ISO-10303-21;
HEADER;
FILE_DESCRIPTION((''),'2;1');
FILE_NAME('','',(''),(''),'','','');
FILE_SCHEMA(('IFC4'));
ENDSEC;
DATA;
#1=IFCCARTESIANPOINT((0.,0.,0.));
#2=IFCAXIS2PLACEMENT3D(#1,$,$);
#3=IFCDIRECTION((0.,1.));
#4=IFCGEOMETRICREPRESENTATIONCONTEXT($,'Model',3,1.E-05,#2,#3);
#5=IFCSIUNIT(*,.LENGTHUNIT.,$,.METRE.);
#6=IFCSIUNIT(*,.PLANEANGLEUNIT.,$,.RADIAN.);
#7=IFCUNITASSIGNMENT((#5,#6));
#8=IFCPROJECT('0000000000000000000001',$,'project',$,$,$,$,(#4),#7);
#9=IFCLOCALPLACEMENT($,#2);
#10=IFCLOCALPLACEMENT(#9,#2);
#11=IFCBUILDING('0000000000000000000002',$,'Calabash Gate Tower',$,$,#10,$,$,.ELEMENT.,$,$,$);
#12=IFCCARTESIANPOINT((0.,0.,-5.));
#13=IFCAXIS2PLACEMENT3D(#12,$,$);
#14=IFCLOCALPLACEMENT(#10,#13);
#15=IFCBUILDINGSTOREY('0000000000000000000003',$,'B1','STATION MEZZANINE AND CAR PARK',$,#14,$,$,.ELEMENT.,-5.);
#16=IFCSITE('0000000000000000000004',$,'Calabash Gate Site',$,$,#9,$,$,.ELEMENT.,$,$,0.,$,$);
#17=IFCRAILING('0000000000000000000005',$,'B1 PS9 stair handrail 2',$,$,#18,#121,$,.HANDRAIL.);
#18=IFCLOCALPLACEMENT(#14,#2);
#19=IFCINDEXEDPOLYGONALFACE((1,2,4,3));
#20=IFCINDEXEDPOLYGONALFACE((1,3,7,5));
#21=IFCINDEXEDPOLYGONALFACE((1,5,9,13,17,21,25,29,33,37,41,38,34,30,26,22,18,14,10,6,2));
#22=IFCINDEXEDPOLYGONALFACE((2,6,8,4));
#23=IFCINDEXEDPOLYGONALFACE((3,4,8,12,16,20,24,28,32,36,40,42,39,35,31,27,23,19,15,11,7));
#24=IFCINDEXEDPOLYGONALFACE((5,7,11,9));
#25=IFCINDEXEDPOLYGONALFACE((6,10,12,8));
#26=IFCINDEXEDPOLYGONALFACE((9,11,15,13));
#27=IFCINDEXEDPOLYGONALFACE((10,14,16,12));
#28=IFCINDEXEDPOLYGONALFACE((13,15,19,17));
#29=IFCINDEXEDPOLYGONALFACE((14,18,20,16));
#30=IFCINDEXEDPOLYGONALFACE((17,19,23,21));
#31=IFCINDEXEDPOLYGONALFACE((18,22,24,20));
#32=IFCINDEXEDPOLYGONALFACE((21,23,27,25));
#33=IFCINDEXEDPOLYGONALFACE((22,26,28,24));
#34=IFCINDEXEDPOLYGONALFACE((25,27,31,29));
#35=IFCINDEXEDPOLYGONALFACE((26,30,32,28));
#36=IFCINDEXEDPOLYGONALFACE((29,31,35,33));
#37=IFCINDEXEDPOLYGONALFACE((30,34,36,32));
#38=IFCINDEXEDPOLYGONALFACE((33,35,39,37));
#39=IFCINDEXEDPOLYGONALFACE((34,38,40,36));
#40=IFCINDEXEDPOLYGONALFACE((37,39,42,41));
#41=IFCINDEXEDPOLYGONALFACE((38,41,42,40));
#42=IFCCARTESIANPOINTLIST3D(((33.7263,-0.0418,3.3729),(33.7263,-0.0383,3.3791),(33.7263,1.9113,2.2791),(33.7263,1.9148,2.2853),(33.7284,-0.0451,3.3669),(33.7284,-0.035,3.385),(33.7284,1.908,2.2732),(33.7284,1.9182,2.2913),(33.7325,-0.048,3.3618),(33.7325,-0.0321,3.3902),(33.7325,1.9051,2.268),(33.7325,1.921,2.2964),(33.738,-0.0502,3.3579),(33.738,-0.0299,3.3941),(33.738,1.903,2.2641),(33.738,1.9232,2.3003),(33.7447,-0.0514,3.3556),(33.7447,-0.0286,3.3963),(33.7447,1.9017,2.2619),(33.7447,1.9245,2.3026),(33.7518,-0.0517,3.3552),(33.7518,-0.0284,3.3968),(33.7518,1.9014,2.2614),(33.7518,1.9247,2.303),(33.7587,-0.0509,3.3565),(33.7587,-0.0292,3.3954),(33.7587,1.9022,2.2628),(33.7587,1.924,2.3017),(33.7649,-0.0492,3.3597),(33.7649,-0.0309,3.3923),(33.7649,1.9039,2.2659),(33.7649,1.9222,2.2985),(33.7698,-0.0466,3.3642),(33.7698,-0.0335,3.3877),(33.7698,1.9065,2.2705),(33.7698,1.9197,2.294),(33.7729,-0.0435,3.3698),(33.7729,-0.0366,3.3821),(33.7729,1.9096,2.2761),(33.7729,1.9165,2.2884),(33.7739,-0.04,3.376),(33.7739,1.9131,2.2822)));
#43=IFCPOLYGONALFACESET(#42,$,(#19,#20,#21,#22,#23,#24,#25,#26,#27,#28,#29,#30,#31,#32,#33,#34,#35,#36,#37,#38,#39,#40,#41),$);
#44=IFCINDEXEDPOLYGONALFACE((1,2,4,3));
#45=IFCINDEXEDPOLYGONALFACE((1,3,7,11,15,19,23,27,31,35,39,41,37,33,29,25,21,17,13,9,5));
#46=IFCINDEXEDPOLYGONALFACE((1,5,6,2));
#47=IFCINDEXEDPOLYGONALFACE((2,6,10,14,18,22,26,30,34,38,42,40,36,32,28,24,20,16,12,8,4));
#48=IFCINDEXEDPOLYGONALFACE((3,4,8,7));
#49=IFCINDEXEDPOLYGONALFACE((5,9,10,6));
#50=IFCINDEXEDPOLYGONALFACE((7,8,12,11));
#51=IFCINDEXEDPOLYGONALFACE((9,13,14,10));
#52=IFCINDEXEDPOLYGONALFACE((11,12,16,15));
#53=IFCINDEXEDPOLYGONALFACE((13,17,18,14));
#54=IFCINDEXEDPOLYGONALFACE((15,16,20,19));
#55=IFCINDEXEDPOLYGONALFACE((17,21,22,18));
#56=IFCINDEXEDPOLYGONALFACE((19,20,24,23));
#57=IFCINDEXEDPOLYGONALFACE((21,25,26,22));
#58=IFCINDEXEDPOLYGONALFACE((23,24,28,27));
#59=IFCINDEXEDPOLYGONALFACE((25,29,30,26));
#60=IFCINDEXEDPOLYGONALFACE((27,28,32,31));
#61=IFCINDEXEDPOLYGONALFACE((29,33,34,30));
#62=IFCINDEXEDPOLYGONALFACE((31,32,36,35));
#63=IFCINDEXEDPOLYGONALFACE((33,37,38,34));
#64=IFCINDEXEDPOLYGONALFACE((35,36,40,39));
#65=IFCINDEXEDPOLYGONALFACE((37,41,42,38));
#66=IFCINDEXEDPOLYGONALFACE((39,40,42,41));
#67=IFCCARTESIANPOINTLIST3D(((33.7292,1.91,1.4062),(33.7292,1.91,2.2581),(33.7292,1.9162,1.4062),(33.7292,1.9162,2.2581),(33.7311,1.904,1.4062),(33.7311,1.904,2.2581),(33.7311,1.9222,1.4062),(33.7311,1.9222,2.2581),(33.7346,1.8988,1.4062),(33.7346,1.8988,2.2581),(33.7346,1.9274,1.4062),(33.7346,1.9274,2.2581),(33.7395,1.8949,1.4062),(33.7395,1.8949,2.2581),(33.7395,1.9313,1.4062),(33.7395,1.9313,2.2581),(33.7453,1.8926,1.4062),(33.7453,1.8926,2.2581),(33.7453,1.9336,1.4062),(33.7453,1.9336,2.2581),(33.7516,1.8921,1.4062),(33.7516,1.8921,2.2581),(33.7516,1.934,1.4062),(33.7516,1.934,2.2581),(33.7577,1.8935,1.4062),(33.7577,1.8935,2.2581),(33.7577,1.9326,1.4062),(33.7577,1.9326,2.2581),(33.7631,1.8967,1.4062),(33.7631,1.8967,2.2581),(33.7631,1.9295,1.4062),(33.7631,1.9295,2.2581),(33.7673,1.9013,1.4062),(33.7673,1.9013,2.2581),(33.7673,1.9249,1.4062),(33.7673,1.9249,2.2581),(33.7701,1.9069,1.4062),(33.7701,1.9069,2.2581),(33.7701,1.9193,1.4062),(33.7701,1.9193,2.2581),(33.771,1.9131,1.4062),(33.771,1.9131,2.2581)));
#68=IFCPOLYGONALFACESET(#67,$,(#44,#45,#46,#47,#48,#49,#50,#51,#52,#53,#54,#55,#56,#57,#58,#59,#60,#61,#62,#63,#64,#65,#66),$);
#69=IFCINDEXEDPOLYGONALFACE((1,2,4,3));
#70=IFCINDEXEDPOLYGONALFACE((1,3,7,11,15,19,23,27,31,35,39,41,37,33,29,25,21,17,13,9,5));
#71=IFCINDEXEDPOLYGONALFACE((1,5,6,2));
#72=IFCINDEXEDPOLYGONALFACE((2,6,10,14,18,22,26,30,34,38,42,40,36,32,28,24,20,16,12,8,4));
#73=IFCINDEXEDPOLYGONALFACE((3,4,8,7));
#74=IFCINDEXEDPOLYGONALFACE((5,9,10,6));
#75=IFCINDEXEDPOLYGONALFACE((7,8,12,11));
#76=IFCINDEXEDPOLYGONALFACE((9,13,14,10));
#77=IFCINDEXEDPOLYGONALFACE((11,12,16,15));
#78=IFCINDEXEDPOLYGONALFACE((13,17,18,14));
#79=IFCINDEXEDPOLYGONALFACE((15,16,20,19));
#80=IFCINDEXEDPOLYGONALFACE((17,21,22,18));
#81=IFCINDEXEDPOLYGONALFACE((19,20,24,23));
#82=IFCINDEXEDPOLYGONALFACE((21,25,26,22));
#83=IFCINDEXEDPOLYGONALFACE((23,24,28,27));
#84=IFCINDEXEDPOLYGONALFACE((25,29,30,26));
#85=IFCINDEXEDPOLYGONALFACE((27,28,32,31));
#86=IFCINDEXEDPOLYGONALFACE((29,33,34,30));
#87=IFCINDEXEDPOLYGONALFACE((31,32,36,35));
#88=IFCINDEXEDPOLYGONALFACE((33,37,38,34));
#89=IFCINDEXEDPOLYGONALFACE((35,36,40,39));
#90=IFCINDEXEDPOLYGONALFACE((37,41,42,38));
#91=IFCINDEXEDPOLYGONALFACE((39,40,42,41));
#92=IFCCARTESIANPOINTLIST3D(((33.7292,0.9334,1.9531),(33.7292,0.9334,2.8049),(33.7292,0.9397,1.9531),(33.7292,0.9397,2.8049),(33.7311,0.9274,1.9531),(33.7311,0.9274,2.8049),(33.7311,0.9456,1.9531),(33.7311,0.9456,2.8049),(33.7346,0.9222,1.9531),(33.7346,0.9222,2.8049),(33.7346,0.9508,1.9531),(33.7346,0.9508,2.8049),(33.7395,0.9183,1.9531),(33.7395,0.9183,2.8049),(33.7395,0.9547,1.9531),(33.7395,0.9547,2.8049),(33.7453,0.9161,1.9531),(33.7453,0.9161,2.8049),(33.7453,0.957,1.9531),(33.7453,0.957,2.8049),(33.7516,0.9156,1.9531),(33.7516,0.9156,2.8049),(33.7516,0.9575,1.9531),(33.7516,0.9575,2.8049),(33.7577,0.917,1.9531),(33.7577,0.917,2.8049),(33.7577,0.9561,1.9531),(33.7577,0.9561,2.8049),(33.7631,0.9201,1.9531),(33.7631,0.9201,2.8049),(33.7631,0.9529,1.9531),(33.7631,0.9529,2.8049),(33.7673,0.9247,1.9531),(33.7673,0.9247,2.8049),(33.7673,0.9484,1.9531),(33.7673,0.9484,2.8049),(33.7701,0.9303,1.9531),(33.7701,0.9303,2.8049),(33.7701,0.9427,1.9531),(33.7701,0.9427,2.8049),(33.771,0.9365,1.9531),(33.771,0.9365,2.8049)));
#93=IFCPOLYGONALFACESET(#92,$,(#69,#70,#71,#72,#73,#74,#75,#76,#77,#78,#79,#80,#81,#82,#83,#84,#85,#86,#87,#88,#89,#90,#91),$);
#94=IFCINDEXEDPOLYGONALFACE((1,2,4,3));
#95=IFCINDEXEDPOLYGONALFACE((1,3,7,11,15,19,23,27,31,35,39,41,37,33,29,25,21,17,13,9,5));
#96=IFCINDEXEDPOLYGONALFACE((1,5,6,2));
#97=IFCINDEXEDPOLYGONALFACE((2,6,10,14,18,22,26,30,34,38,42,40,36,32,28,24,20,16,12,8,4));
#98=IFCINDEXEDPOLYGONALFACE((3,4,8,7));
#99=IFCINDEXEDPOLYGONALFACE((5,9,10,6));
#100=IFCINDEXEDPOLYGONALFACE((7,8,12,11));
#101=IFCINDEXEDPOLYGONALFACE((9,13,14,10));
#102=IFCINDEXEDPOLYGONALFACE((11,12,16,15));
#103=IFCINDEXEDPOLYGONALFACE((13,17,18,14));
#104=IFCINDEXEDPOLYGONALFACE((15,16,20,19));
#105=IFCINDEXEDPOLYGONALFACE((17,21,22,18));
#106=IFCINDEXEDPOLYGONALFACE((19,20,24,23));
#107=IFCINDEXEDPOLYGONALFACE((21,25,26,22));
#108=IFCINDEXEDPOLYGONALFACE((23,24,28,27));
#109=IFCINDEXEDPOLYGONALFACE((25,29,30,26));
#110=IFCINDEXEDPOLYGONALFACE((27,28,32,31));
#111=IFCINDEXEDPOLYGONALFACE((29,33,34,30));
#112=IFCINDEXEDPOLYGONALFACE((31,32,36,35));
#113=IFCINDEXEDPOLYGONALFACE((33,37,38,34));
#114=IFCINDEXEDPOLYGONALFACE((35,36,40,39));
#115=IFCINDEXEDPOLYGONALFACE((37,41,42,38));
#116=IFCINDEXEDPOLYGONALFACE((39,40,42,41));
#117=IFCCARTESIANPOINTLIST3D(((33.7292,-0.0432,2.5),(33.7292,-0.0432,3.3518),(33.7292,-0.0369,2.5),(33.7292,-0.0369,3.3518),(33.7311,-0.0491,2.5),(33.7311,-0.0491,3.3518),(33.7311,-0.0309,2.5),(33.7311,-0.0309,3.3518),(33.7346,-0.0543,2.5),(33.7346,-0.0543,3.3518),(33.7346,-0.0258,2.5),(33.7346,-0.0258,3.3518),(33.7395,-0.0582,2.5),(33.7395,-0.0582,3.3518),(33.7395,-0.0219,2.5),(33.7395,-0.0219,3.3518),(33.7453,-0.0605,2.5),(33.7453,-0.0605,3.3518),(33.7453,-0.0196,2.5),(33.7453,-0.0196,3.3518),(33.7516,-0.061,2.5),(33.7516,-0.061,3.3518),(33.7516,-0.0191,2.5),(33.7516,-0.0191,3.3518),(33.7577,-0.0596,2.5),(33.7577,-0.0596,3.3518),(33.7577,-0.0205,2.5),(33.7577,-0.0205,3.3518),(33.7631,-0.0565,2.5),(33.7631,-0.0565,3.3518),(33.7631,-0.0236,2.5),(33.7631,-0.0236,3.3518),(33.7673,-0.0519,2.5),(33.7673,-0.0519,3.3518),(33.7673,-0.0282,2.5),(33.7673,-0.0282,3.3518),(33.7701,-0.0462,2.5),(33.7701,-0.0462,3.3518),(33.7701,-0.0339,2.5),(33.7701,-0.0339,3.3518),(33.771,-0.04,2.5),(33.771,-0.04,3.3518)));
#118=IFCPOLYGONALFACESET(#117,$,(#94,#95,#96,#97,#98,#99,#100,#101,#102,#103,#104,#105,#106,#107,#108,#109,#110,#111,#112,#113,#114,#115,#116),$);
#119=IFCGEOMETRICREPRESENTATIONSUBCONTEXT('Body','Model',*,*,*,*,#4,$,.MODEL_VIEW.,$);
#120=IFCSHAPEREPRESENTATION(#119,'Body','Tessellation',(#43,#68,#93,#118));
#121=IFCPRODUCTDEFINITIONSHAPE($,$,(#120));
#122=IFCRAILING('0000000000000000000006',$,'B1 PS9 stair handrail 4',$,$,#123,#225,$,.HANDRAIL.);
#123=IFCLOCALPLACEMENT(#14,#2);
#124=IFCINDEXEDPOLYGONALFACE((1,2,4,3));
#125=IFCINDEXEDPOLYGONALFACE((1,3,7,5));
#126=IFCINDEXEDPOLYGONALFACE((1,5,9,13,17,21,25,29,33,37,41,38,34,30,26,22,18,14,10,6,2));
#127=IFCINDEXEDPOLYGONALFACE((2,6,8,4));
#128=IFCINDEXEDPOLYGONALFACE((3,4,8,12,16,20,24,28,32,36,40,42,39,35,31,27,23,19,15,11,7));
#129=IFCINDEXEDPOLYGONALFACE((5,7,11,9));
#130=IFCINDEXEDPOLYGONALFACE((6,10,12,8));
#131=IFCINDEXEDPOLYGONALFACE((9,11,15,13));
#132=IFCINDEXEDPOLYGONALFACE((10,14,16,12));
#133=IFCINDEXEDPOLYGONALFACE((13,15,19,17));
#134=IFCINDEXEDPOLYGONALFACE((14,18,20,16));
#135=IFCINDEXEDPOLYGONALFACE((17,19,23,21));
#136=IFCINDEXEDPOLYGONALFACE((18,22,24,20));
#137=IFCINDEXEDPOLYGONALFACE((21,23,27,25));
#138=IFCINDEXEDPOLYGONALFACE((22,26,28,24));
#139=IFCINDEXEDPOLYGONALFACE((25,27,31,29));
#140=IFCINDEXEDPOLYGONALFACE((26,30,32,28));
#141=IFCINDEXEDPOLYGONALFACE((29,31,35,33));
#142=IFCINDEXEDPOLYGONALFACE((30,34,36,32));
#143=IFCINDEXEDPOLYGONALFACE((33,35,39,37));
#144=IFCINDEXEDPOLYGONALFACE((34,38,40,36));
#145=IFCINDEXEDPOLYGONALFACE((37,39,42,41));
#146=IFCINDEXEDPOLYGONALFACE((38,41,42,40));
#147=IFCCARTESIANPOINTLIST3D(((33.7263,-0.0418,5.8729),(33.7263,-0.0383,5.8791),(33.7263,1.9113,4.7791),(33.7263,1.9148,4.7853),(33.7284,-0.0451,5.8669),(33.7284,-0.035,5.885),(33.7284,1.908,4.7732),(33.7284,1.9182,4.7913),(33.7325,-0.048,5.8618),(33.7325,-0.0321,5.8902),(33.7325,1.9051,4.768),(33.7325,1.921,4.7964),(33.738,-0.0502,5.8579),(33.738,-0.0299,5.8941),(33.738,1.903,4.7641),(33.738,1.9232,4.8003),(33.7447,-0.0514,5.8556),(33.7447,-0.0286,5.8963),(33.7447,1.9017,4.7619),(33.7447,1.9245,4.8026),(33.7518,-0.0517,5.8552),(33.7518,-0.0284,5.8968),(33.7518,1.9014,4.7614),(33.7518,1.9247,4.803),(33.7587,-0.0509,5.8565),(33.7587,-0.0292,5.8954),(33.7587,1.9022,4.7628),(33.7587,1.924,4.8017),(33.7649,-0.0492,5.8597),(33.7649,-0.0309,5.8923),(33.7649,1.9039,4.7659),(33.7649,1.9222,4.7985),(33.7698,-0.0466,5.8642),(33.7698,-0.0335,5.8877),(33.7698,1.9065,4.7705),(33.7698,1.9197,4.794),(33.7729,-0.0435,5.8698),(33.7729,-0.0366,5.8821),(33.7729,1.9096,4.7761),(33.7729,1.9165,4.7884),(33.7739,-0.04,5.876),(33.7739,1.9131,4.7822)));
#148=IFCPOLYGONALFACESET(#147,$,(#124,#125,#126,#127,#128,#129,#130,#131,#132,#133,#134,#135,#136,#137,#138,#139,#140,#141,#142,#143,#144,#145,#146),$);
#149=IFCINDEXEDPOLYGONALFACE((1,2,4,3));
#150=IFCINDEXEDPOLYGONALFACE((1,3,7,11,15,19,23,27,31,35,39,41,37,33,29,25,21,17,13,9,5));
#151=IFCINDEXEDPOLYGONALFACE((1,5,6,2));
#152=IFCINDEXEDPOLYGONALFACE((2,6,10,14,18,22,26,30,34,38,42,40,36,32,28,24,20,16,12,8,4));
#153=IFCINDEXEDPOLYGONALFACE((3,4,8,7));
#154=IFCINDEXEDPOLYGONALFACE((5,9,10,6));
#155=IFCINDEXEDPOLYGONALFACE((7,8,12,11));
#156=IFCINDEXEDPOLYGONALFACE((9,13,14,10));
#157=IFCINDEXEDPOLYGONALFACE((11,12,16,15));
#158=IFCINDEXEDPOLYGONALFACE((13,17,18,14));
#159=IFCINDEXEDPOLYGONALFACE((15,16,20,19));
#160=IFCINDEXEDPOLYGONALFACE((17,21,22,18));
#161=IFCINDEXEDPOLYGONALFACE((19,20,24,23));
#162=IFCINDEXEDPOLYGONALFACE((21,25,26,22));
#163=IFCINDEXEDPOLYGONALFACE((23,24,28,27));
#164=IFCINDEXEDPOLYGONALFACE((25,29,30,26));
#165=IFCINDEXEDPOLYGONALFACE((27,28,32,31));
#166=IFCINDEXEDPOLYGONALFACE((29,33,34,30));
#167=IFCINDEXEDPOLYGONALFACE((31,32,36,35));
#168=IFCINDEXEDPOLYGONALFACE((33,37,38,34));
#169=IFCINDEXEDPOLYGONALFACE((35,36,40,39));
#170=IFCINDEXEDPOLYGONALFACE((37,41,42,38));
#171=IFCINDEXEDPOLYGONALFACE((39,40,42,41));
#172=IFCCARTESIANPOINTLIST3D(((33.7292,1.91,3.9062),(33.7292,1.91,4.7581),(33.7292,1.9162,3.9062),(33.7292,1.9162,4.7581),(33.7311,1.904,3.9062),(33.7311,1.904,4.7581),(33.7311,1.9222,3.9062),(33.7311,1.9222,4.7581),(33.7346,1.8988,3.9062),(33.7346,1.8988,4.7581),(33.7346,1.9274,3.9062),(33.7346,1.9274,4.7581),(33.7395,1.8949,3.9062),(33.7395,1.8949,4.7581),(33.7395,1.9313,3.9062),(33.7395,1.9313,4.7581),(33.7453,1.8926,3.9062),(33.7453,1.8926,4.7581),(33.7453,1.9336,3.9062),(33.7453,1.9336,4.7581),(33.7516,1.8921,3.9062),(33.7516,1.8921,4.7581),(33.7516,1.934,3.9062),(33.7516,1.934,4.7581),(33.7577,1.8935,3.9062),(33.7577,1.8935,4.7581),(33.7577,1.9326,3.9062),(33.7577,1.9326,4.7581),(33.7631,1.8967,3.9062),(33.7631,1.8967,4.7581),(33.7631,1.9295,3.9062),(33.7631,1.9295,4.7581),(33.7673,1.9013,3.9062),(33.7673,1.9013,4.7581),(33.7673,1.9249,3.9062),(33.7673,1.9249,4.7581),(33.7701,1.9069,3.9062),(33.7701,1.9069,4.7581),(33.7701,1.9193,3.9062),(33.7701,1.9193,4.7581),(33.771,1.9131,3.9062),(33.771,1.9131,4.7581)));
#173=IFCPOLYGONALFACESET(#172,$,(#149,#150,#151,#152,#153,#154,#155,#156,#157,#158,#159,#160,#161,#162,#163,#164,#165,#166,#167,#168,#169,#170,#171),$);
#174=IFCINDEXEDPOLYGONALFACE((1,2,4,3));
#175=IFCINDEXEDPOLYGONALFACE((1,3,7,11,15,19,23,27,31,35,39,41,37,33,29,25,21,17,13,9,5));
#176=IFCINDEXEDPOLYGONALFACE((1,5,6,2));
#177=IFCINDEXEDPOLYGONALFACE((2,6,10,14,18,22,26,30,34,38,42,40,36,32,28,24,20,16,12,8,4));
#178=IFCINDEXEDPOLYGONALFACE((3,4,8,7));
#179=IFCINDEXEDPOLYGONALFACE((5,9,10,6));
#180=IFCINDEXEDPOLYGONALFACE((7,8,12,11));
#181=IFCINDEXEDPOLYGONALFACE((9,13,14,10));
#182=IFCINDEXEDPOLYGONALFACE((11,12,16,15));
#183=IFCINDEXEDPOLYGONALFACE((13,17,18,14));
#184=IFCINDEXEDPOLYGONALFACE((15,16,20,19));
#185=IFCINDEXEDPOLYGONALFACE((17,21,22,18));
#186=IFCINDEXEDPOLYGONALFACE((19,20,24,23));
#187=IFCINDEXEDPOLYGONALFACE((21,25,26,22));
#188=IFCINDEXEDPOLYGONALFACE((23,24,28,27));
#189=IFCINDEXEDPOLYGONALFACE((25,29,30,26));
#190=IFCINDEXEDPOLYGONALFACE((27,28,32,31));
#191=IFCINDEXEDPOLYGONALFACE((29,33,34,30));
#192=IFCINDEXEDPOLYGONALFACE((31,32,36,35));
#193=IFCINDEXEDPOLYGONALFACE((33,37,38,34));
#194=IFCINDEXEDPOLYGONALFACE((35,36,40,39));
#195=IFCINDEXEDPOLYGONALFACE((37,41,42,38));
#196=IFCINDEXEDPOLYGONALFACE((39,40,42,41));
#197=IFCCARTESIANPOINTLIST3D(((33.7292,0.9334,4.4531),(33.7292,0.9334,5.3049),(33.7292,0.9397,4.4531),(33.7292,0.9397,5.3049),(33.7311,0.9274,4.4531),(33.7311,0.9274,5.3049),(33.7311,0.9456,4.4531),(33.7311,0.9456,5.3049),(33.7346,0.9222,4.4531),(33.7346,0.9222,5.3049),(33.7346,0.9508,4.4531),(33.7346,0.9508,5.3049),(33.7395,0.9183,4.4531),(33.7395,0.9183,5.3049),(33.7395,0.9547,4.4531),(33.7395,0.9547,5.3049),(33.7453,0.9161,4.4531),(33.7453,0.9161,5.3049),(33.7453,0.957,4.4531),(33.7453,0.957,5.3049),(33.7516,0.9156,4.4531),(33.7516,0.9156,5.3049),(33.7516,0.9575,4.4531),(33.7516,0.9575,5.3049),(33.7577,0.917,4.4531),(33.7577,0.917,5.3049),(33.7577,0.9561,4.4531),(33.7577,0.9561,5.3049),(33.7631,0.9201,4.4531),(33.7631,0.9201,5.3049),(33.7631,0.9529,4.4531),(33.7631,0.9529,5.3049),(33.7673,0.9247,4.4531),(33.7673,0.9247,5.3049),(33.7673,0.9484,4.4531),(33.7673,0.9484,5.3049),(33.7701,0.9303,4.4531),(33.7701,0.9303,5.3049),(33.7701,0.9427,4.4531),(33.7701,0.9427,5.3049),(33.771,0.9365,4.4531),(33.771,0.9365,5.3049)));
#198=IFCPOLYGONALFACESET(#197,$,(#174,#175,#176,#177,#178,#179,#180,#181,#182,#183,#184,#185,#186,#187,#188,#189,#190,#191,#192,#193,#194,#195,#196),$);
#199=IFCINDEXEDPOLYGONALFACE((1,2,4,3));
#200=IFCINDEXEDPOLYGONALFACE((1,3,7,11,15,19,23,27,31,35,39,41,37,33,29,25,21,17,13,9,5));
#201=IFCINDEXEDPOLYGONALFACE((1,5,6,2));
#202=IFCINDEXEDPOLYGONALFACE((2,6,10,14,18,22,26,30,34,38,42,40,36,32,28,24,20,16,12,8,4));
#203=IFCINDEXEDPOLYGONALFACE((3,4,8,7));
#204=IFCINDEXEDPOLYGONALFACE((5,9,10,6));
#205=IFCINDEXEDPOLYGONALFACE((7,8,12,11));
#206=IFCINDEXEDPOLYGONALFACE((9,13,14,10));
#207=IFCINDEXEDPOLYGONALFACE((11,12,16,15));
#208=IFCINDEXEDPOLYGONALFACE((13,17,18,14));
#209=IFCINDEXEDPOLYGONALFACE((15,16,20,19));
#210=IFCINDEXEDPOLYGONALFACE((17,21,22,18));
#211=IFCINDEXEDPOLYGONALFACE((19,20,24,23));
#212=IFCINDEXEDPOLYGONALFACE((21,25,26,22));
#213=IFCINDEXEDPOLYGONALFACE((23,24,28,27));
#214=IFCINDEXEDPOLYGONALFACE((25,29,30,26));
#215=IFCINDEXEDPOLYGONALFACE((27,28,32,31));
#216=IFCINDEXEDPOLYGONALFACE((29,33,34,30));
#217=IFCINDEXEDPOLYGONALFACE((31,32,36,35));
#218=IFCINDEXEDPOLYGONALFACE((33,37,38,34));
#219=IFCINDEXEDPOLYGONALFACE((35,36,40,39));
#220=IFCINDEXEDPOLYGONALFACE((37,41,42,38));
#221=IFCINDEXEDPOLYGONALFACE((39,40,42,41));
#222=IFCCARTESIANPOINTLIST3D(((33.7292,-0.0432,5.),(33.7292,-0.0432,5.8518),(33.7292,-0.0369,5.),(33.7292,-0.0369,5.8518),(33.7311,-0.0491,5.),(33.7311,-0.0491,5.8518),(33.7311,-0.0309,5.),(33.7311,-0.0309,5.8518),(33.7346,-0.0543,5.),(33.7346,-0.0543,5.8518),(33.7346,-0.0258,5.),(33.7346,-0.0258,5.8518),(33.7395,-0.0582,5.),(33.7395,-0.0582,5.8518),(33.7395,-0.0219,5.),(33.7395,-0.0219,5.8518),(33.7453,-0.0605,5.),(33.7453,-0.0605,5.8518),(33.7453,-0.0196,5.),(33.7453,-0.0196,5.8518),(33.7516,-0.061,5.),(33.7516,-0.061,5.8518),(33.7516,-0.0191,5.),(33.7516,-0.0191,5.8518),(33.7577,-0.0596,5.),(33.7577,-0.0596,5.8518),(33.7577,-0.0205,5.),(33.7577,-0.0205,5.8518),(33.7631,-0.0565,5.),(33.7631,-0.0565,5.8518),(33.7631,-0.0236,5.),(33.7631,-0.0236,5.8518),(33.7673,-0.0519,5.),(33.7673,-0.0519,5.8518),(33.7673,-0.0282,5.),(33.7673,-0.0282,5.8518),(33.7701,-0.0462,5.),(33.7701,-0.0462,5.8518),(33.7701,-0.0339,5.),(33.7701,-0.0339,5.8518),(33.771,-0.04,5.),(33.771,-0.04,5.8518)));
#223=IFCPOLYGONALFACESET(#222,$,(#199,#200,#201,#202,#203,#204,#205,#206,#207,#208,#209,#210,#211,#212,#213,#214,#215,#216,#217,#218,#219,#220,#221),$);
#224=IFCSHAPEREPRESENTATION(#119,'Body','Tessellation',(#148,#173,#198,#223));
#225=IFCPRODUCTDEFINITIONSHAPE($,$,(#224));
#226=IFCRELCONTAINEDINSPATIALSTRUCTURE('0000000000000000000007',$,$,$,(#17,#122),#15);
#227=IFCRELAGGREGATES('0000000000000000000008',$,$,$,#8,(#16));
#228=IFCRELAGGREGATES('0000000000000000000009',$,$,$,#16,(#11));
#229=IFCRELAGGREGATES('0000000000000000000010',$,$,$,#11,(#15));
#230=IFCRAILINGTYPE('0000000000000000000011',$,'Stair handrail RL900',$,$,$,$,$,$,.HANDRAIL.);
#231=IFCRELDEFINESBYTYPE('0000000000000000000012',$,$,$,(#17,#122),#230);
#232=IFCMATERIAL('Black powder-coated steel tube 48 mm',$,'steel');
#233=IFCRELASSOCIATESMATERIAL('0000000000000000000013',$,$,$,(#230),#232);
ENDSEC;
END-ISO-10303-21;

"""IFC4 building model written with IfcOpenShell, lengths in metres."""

from ifc_helpers import new_model, si_unit, direction, frame, origin, origin_2d, place, context, subcontext, project, spatial, circle, extrude, material, type_object, element, save


model = new_model("IFC4")

# Units and contexts
model_context = context("Model", 3, precision=1e-05, world=origin(), true_north=direction((0.0, 1.0)))
body_context = subcontext(model_context, "Body", "Model", "MODEL_VIEW")
ifc_project = project(units=[si_unit("LENGTHUNIT", "METRE"), si_unit("PLANEANGLEUNIT", "RADIAN")], contexts=[model_context])

# Site, building, storey
site_placement = place(None, origin())
site = spatial("IfcSite", under=ifc_project, at=site_placement, Name="Calabash Gate Site", CompositionType="ELEMENT", RefElevation=0.0)
building_placement = place(site_placement, origin())
building = spatial("IfcBuilding", under=site, at=building_placement, Name="Calabash Gate Tower", CompositionType="ELEMENT")
storey_placement = place(building_placement, frame((0.0, 0.0, -5.0)))
storey = spatial("IfcBuildingStorey", under=building, at=storey_placement, Name="B1", Description="STATION MEZZANINE AND CAR PARK", CompositionType="ELEMENT", Elevation=-5.0)

# Railings
ifc_material_1 = material(Name="Black powder-coated steel tube 48 mm", Category="steel")
railing_type_1 = type_object("IfcRailingType", Name="Stair handrail RL900", PredefinedType="HANDRAIL", material=ifc_material_1)
for number, where, name in (
    (1, (33.75, 1.9131, 1.4062), "B1 PS9 stair handrail 2"),
    (2, (33.75, 1.9131, 3.9062), "B1 PS9 stair handrail 4"),
):
    element("IfcRailing", number, at=place(storey_placement, frame(where)), inside=storey, type_object=railing_type_1, Name=name, PredefinedType="HANDRAIL", context=body_context, shape_type="SweptSolid", body=[
        extrude(circle(Radius=0.0239, at=origin_2d()), frame((0.0, 0.0, 0.876), z_axis=(0.0, -0.872506, 0.488603), x_axis=(1.0, 0.0, 0.0)), (0.0, 0.0, 1.0), 2.2385),
        extrude(circle(Radius=0.021, at=origin_2d()), origin(), (0.0, 0.0, 1.0), 0.8518),
        extrude(circle(Radius=0.021, at=origin_2d()), frame((0.0, -0.9766, 0.5469)), (0.0, 0.0, 1.0), 0.8518),
        extrude(circle(Radius=0.021, at=origin_2d()), frame((0.0, -1.9531, 1.0938)), (0.0, 0.0, 1.0), 0.8518),
    ])

save(model, "model.ifc")
